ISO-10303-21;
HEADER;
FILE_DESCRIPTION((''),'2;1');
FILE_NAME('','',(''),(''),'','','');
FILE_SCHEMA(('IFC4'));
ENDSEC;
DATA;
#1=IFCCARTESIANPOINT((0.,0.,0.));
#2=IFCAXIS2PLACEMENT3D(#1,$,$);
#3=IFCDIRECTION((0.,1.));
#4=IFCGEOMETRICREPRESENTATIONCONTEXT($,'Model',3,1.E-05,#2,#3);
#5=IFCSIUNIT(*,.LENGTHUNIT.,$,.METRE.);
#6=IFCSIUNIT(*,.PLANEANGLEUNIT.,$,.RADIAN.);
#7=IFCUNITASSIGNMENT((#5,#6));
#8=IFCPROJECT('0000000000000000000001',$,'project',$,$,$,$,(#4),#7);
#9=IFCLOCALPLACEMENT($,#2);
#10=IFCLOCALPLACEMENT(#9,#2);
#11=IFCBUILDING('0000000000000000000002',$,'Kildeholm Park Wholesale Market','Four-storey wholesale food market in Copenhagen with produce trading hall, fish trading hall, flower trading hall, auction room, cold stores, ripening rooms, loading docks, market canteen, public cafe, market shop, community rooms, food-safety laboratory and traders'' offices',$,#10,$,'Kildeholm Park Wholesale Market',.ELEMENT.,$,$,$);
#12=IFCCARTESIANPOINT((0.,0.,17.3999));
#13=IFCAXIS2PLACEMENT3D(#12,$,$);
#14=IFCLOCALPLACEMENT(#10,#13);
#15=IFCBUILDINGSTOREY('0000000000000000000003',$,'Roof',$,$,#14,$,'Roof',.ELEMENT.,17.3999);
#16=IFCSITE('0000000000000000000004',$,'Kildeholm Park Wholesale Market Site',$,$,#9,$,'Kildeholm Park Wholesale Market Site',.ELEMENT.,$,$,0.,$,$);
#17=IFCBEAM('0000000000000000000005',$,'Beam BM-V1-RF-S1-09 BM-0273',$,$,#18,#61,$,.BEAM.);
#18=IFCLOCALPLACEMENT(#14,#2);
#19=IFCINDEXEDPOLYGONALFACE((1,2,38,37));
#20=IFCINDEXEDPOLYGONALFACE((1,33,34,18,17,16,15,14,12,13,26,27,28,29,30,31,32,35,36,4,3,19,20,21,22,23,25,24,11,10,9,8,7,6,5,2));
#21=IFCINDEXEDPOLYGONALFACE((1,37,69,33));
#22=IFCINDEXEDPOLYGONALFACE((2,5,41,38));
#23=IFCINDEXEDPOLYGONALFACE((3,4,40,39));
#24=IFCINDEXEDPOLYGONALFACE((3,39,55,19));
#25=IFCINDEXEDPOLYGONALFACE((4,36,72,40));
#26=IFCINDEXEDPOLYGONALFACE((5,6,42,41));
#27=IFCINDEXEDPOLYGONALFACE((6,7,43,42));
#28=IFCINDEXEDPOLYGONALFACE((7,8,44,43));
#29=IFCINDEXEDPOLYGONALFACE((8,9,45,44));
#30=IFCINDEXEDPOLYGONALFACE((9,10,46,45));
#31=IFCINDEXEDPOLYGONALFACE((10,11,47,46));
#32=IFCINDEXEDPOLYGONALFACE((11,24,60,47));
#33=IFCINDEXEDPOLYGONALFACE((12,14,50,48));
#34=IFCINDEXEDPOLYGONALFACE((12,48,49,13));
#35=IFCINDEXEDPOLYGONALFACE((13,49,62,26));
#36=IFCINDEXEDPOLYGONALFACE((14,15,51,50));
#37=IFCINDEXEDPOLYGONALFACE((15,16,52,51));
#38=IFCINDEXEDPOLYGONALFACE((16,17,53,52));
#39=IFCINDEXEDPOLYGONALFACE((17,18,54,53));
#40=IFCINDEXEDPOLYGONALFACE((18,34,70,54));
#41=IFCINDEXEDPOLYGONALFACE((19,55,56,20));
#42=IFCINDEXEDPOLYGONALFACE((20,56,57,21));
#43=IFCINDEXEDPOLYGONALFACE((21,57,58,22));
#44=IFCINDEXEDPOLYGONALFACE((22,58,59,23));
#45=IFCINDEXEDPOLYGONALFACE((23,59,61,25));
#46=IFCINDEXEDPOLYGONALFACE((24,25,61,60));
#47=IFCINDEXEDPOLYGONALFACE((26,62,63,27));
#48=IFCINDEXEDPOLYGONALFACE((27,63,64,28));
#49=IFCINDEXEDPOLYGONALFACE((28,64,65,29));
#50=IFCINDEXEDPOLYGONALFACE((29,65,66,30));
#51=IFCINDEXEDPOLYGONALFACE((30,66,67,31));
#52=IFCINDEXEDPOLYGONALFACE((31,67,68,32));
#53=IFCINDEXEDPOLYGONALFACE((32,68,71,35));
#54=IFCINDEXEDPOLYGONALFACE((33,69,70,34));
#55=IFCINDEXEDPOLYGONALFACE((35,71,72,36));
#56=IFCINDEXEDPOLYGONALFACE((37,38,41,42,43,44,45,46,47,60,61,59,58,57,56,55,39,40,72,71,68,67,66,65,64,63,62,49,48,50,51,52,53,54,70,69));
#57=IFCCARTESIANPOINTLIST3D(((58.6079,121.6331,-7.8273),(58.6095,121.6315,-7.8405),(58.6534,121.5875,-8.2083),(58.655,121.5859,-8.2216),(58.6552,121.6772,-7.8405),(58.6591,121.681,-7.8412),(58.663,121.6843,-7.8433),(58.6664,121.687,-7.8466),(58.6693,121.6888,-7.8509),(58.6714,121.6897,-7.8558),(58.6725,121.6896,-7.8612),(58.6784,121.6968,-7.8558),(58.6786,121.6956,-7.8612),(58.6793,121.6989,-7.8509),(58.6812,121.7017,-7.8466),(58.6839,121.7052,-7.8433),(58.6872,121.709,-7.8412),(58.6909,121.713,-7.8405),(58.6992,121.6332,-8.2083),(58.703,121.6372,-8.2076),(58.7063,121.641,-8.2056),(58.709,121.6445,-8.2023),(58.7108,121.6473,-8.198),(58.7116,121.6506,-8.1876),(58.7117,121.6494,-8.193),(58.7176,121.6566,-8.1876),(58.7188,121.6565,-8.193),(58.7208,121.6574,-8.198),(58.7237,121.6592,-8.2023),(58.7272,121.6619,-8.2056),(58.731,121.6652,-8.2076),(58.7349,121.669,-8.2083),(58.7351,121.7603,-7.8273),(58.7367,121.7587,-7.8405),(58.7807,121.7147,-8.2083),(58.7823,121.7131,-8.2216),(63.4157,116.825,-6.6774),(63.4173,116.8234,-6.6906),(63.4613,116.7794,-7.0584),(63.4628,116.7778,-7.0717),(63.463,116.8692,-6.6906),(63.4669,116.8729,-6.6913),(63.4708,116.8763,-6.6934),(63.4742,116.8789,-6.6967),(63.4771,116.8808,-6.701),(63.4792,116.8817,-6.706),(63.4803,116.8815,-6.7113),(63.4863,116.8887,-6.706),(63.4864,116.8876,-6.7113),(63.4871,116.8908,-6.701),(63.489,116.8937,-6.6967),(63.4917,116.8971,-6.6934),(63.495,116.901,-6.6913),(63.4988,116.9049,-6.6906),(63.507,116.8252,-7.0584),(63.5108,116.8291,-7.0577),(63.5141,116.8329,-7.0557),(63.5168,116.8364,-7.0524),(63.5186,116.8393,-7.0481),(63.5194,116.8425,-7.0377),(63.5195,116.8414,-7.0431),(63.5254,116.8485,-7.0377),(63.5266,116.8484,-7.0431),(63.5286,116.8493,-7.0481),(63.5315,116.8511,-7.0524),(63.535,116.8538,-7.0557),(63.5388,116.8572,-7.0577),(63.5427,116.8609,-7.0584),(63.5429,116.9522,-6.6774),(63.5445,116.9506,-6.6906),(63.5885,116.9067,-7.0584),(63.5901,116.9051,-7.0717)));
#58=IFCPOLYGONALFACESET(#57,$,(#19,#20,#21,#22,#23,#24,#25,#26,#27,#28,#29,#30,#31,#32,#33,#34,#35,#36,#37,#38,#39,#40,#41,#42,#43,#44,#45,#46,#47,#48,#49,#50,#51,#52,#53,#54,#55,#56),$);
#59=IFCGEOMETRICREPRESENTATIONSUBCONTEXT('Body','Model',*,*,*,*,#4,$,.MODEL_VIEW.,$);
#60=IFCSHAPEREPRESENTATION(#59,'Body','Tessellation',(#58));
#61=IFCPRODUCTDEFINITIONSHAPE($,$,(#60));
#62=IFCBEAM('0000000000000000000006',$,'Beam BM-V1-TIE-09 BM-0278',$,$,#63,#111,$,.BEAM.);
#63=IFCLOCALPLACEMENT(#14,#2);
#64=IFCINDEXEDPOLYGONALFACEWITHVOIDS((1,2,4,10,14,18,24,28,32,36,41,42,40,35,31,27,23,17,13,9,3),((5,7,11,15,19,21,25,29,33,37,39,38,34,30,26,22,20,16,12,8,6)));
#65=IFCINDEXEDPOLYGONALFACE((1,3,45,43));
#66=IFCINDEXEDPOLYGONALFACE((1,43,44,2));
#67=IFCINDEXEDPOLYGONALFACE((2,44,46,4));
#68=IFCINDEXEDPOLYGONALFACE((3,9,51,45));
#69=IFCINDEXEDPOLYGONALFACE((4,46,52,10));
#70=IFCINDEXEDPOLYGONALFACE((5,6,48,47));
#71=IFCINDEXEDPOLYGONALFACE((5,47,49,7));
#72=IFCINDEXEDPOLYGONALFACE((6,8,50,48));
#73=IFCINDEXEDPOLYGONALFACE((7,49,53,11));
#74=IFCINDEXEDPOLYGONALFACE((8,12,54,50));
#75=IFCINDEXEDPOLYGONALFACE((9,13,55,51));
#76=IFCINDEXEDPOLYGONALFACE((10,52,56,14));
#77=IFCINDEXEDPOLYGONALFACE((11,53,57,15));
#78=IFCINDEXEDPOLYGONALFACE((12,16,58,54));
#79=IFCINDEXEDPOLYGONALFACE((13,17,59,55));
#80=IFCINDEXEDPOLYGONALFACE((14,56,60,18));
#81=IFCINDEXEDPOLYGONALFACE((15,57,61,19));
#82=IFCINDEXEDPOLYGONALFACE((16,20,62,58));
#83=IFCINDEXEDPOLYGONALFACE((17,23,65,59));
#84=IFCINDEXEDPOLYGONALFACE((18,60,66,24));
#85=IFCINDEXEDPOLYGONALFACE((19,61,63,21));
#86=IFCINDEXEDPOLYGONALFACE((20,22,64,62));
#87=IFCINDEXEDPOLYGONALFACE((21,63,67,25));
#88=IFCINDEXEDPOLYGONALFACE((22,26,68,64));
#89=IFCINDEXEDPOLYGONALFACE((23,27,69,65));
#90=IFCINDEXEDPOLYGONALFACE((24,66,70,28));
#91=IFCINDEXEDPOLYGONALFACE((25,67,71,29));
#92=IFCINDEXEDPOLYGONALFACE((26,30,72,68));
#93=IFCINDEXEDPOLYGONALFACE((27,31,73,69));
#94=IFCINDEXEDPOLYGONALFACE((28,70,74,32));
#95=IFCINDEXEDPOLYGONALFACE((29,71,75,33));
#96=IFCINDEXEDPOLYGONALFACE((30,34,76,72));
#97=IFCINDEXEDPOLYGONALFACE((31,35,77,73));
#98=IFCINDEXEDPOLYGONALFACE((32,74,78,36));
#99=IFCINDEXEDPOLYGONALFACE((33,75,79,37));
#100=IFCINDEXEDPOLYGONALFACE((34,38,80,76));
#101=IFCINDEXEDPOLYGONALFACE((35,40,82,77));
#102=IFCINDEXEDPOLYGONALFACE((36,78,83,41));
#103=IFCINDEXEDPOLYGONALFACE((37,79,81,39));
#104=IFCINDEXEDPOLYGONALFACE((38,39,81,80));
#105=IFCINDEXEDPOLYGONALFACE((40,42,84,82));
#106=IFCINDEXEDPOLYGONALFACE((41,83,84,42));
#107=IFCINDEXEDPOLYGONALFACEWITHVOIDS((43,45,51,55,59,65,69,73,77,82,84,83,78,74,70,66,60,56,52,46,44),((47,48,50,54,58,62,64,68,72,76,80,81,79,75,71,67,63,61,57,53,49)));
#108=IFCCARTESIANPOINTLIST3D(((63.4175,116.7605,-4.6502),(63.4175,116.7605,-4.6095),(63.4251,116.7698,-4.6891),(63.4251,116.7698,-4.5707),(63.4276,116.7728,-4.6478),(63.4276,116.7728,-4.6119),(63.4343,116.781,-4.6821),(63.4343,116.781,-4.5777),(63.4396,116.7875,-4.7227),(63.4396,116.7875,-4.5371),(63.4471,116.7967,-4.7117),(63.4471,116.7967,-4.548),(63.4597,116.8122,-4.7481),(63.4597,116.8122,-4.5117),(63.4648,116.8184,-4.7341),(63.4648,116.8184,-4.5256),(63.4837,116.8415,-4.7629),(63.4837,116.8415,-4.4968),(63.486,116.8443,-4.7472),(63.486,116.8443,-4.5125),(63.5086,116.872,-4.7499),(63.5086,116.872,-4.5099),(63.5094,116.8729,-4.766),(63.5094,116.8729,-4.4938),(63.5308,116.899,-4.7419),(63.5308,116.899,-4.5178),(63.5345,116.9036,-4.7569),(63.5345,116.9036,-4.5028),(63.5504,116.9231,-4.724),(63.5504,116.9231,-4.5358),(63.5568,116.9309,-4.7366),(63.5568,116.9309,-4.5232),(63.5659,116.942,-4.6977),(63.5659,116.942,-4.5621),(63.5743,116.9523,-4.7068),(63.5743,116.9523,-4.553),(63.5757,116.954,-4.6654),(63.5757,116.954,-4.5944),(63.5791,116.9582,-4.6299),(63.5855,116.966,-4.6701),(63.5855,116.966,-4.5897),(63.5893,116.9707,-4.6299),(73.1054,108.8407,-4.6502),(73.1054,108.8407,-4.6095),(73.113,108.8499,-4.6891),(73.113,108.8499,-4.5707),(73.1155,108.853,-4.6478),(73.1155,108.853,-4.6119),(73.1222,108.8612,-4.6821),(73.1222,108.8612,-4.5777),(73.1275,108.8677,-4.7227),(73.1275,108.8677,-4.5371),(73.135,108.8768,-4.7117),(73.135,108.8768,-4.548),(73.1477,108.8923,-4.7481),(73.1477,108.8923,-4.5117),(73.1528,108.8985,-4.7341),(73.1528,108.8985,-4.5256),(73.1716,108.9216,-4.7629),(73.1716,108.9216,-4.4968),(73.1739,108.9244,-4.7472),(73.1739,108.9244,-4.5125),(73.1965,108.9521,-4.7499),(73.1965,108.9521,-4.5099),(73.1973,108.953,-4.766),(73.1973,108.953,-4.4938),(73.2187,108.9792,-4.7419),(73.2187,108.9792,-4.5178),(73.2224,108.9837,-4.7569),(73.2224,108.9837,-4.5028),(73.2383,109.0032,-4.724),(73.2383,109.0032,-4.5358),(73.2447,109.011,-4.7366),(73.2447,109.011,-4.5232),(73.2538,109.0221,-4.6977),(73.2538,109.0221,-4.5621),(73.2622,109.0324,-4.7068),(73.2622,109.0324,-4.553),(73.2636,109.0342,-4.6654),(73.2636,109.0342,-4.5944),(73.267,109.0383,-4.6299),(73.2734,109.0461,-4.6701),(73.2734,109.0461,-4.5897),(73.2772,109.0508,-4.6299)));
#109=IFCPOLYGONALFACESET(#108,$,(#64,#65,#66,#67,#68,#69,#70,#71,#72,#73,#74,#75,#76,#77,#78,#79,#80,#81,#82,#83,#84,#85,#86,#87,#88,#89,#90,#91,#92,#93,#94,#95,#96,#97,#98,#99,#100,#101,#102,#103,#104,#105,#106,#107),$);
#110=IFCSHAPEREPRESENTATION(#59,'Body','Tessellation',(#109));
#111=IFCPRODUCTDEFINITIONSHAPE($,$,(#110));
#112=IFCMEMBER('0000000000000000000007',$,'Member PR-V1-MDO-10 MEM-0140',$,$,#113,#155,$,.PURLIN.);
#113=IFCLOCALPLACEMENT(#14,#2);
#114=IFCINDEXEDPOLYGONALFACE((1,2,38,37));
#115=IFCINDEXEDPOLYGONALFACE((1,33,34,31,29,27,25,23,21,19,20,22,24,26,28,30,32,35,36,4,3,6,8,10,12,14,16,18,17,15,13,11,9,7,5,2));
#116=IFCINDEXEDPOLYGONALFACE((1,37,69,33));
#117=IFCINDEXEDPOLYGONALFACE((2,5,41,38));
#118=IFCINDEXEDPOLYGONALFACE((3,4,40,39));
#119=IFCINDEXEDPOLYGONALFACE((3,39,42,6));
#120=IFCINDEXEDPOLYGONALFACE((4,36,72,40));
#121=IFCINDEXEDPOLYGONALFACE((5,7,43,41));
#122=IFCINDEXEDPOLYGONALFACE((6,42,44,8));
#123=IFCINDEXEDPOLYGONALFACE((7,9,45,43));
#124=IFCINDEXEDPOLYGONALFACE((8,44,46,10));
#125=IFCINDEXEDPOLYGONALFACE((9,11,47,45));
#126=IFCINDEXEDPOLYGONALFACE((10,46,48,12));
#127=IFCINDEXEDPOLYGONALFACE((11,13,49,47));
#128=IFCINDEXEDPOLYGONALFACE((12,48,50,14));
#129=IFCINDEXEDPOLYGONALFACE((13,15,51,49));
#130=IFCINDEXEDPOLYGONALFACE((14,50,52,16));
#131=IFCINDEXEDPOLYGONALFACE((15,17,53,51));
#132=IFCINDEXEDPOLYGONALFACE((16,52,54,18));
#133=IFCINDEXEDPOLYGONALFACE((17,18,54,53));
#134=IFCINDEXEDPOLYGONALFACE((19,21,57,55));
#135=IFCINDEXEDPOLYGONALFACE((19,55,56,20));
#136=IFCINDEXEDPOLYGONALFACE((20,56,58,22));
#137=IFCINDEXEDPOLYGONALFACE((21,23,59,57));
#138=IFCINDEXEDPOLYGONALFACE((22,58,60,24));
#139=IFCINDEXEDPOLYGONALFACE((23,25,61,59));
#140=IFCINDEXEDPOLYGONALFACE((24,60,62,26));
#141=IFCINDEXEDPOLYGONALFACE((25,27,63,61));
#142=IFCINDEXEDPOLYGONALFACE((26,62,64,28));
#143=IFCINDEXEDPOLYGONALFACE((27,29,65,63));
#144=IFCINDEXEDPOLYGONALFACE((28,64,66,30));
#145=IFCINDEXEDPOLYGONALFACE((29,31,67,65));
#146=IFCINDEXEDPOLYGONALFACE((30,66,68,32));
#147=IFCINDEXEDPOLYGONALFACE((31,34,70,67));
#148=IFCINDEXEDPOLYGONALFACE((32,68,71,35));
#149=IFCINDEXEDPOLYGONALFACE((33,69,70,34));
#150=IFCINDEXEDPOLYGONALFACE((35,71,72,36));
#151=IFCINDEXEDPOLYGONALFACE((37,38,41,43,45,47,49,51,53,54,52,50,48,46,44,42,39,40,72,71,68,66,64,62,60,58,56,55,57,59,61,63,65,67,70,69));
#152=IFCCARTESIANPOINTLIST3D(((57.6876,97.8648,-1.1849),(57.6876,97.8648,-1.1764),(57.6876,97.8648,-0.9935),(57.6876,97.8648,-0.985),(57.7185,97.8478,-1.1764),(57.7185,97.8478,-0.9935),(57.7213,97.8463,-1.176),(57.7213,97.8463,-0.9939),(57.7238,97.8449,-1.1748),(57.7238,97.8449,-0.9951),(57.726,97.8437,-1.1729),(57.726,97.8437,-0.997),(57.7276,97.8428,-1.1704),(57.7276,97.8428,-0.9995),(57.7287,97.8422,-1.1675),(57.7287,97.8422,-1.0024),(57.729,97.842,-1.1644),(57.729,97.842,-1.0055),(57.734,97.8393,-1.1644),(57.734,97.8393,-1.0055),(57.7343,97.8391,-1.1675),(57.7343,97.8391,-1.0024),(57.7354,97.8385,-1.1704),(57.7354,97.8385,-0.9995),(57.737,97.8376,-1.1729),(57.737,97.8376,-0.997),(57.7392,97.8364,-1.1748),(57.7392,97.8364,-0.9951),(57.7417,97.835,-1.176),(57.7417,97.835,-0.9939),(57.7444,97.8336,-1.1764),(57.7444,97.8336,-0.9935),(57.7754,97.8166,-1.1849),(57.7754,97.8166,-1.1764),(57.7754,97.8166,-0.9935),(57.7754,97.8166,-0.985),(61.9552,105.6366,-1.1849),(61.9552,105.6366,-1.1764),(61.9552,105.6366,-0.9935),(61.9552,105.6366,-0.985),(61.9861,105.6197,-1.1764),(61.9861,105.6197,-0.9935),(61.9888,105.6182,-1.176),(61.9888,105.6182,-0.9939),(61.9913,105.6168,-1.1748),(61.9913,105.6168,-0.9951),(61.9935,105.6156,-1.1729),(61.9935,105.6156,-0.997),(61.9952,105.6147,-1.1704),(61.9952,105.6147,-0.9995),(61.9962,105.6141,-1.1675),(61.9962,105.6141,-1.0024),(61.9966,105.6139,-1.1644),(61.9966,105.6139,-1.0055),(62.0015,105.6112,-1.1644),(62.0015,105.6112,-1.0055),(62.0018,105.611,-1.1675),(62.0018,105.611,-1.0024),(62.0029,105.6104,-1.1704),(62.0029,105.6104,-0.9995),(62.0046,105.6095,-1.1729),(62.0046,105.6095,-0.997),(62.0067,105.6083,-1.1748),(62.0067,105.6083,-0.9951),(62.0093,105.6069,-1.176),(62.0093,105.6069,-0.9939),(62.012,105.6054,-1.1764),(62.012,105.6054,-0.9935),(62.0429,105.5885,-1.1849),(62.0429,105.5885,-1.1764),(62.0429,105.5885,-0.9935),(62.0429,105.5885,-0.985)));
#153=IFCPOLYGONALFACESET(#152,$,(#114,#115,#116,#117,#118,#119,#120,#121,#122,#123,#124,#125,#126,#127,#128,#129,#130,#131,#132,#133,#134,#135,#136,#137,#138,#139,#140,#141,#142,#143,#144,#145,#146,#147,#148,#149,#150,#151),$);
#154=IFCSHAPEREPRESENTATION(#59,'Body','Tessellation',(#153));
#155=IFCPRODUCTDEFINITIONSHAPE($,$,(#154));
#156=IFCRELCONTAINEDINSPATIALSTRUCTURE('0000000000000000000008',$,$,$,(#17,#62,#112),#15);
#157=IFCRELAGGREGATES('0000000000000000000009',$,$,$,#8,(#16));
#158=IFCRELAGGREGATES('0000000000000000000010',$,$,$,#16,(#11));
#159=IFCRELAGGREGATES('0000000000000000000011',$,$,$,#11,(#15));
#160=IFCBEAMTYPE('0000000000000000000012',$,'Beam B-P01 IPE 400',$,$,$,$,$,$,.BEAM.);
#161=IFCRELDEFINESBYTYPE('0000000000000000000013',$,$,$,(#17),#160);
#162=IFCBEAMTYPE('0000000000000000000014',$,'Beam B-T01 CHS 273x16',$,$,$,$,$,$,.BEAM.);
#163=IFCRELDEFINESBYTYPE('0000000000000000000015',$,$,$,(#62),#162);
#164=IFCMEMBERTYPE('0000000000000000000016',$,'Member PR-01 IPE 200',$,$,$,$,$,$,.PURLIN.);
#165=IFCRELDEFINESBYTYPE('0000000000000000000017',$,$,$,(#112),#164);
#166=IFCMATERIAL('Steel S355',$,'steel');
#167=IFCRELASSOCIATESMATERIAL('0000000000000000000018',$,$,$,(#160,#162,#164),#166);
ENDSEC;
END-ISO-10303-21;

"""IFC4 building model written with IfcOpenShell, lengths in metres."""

from ifc_helpers import new_model, si_unit, direction, frame, origin, origin_2d, place, context, subcontext, project, spatial, hollow_circle, i_section, extrude, material, material_profile, profile_set, type_object, element, save


model = new_model("IFC4")

# Units and contexts
model_context = context("Model", 3, precision=1e-05, world=origin(), true_north=direction((0.0, 1.0)))
body_context = subcontext(model_context, "Body", "Model", "MODEL_VIEW")
ifc_project = project(units=[si_unit("LENGTHUNIT", "METRE"), si_unit("PLANEANGLEUNIT", "RADIAN")], contexts=[model_context])

# Site, building, storey
site_placement = place(None, origin())
site = spatial("IfcSite", under=ifc_project, at=site_placement, Name="Kildeholm Park Wholesale Market Site", LongName="Kildeholm Park Wholesale Market Site", CompositionType="ELEMENT", RefElevation=0.0)
building_placement = place(site_placement, origin())
building = spatial("IfcBuilding", under=site, at=building_placement, Name="Kildeholm Park Wholesale Market", Description="Four-storey wholesale food market in Copenhagen with produce trading hall, fish trading hall, flower trading hall, auction room, cold stores, ripening rooms, loading docks, market canteen, public cafe, market shop, community rooms, food-safety laboratory and traders' offices", LongName="Kildeholm Park Wholesale Market", CompositionType="ELEMENT")
storey_placement = place(building_placement, frame((0.0, 0.0, 17.3999)))
storey = spatial("IfcBuildingStorey", under=building, at=storey_placement, Name="Roof", LongName="Roof", CompositionType="ELEMENT", Elevation=17.3999)

# Beams
ifc_material_1 = material(Name="Steel S355", Category="steel")
ifc_material_profile_1 = material_profile(ifc_material_1, i_section(OverallWidth=0.1799, OverallDepth=0.3999, WebThickness=0.0085, FlangeThickness=0.0134, FilletRadius=0.021, at=origin_2d()), Name="IPE 400")
ifc_profile_set_1 = profile_set([ifc_material_profile_1], Name="Steel S355")
beam_type_1 = type_object("IfcBeamType", Name="Beam B-P01 IPE 400", PredefinedType="BEAM", material=ifc_profile_set_1)
beam_1_placement = place(storey_placement, frame((58.6951, 121.6731, -8.0244), z_axis=(0.697189, -0.697225, 0.166748), x_axis=(0.707125, 0.707089, 0.0)))
element("IfcBeam", 1, at=beam_1_placement, inside=storey, type_object=beam_type_1, Name="Beam BM-V1-RF-S1-09 BM-0273", PredefinedType="BEAM", context=body_context, shape_type="SweptSolid", body=[
    extrude(i_section(OverallWidth=0.1799, OverallDepth=0.3999, WebThickness=0.0085, FlangeThickness=0.0134, FilletRadius=0.021, at=origin_2d()), origin(), (0.0, 0.0, 1.0), 6.896),
])
ifc_material_profile_2 = material_profile(ifc_material_1, hollow_circle(Radius=0.1365, WallThickness=0.0161, at=origin_2d()), Name="CHS 273x16")
ifc_profile_set_2 = profile_set([ifc_material_profile_2], Name="Steel S355")
beam_type_2 = type_object("IfcBeamType", Name="Beam B-T01 CHS 273x16", PredefinedType="BEAM", material=ifc_profile_set_2)
beam_2_placement = place(storey_placement, frame((63.5029, 116.865, -4.6299), z_axis=(0.774216, -0.632921, 0.0), x_axis=(0.632921, 0.774216, 0.0)))
element("IfcBeam", 2, at=beam_2_placement, inside=storey, type_object=beam_type_2, Name="Beam BM-V1-TIE-09 BM-0278", PredefinedType="BEAM", context=body_context, shape_type="SweptSolid", body=[
    extrude(hollow_circle(Radius=0.1365, WallThickness=0.0161, at=origin_2d()), origin(), (0.0, 0.0, 1.0), 12.5132),
])

# Member
ifc_material_profile_3 = material_profile(ifc_material_1, i_section(OverallWidth=0.1001, OverallDepth=0.2, WebThickness=0.0056, FlangeThickness=0.0085, FilletRadius=0.012, at=origin_2d()), Name="IPE 200")
ifc_profile_set_3 = profile_set([ifc_material_profile_3], Name="Steel S355")
member_type_1 = type_object("IfcMemberType", Name="Member PR-01 IPE 200", PredefinedType="PURLIN", material=ifc_profile_set_3)
member_1_placement = place(storey_placement, frame((61.999, 105.6125, -1.085), z_axis=(-0.481312, -0.876549, 0.0), x_axis=(0.876549, -0.481312, 0.0)))
element("IfcMember", 3, at=member_1_placement, inside=storey, type_object=member_type_1, Name="Member PR-V1-MDO-10 MEM-0140", PredefinedType="PURLIN", context=body_context, shape_type="SweptSolid", body=[
    extrude(i_section(OverallWidth=0.1001, OverallDepth=0.2, WebThickness=0.0056, FlangeThickness=0.0085, FilletRadius=0.012, at=origin_2d()), origin(), (0.0, 0.0, 1.0), 8.8665),
])

save(model, "model.ifc")
